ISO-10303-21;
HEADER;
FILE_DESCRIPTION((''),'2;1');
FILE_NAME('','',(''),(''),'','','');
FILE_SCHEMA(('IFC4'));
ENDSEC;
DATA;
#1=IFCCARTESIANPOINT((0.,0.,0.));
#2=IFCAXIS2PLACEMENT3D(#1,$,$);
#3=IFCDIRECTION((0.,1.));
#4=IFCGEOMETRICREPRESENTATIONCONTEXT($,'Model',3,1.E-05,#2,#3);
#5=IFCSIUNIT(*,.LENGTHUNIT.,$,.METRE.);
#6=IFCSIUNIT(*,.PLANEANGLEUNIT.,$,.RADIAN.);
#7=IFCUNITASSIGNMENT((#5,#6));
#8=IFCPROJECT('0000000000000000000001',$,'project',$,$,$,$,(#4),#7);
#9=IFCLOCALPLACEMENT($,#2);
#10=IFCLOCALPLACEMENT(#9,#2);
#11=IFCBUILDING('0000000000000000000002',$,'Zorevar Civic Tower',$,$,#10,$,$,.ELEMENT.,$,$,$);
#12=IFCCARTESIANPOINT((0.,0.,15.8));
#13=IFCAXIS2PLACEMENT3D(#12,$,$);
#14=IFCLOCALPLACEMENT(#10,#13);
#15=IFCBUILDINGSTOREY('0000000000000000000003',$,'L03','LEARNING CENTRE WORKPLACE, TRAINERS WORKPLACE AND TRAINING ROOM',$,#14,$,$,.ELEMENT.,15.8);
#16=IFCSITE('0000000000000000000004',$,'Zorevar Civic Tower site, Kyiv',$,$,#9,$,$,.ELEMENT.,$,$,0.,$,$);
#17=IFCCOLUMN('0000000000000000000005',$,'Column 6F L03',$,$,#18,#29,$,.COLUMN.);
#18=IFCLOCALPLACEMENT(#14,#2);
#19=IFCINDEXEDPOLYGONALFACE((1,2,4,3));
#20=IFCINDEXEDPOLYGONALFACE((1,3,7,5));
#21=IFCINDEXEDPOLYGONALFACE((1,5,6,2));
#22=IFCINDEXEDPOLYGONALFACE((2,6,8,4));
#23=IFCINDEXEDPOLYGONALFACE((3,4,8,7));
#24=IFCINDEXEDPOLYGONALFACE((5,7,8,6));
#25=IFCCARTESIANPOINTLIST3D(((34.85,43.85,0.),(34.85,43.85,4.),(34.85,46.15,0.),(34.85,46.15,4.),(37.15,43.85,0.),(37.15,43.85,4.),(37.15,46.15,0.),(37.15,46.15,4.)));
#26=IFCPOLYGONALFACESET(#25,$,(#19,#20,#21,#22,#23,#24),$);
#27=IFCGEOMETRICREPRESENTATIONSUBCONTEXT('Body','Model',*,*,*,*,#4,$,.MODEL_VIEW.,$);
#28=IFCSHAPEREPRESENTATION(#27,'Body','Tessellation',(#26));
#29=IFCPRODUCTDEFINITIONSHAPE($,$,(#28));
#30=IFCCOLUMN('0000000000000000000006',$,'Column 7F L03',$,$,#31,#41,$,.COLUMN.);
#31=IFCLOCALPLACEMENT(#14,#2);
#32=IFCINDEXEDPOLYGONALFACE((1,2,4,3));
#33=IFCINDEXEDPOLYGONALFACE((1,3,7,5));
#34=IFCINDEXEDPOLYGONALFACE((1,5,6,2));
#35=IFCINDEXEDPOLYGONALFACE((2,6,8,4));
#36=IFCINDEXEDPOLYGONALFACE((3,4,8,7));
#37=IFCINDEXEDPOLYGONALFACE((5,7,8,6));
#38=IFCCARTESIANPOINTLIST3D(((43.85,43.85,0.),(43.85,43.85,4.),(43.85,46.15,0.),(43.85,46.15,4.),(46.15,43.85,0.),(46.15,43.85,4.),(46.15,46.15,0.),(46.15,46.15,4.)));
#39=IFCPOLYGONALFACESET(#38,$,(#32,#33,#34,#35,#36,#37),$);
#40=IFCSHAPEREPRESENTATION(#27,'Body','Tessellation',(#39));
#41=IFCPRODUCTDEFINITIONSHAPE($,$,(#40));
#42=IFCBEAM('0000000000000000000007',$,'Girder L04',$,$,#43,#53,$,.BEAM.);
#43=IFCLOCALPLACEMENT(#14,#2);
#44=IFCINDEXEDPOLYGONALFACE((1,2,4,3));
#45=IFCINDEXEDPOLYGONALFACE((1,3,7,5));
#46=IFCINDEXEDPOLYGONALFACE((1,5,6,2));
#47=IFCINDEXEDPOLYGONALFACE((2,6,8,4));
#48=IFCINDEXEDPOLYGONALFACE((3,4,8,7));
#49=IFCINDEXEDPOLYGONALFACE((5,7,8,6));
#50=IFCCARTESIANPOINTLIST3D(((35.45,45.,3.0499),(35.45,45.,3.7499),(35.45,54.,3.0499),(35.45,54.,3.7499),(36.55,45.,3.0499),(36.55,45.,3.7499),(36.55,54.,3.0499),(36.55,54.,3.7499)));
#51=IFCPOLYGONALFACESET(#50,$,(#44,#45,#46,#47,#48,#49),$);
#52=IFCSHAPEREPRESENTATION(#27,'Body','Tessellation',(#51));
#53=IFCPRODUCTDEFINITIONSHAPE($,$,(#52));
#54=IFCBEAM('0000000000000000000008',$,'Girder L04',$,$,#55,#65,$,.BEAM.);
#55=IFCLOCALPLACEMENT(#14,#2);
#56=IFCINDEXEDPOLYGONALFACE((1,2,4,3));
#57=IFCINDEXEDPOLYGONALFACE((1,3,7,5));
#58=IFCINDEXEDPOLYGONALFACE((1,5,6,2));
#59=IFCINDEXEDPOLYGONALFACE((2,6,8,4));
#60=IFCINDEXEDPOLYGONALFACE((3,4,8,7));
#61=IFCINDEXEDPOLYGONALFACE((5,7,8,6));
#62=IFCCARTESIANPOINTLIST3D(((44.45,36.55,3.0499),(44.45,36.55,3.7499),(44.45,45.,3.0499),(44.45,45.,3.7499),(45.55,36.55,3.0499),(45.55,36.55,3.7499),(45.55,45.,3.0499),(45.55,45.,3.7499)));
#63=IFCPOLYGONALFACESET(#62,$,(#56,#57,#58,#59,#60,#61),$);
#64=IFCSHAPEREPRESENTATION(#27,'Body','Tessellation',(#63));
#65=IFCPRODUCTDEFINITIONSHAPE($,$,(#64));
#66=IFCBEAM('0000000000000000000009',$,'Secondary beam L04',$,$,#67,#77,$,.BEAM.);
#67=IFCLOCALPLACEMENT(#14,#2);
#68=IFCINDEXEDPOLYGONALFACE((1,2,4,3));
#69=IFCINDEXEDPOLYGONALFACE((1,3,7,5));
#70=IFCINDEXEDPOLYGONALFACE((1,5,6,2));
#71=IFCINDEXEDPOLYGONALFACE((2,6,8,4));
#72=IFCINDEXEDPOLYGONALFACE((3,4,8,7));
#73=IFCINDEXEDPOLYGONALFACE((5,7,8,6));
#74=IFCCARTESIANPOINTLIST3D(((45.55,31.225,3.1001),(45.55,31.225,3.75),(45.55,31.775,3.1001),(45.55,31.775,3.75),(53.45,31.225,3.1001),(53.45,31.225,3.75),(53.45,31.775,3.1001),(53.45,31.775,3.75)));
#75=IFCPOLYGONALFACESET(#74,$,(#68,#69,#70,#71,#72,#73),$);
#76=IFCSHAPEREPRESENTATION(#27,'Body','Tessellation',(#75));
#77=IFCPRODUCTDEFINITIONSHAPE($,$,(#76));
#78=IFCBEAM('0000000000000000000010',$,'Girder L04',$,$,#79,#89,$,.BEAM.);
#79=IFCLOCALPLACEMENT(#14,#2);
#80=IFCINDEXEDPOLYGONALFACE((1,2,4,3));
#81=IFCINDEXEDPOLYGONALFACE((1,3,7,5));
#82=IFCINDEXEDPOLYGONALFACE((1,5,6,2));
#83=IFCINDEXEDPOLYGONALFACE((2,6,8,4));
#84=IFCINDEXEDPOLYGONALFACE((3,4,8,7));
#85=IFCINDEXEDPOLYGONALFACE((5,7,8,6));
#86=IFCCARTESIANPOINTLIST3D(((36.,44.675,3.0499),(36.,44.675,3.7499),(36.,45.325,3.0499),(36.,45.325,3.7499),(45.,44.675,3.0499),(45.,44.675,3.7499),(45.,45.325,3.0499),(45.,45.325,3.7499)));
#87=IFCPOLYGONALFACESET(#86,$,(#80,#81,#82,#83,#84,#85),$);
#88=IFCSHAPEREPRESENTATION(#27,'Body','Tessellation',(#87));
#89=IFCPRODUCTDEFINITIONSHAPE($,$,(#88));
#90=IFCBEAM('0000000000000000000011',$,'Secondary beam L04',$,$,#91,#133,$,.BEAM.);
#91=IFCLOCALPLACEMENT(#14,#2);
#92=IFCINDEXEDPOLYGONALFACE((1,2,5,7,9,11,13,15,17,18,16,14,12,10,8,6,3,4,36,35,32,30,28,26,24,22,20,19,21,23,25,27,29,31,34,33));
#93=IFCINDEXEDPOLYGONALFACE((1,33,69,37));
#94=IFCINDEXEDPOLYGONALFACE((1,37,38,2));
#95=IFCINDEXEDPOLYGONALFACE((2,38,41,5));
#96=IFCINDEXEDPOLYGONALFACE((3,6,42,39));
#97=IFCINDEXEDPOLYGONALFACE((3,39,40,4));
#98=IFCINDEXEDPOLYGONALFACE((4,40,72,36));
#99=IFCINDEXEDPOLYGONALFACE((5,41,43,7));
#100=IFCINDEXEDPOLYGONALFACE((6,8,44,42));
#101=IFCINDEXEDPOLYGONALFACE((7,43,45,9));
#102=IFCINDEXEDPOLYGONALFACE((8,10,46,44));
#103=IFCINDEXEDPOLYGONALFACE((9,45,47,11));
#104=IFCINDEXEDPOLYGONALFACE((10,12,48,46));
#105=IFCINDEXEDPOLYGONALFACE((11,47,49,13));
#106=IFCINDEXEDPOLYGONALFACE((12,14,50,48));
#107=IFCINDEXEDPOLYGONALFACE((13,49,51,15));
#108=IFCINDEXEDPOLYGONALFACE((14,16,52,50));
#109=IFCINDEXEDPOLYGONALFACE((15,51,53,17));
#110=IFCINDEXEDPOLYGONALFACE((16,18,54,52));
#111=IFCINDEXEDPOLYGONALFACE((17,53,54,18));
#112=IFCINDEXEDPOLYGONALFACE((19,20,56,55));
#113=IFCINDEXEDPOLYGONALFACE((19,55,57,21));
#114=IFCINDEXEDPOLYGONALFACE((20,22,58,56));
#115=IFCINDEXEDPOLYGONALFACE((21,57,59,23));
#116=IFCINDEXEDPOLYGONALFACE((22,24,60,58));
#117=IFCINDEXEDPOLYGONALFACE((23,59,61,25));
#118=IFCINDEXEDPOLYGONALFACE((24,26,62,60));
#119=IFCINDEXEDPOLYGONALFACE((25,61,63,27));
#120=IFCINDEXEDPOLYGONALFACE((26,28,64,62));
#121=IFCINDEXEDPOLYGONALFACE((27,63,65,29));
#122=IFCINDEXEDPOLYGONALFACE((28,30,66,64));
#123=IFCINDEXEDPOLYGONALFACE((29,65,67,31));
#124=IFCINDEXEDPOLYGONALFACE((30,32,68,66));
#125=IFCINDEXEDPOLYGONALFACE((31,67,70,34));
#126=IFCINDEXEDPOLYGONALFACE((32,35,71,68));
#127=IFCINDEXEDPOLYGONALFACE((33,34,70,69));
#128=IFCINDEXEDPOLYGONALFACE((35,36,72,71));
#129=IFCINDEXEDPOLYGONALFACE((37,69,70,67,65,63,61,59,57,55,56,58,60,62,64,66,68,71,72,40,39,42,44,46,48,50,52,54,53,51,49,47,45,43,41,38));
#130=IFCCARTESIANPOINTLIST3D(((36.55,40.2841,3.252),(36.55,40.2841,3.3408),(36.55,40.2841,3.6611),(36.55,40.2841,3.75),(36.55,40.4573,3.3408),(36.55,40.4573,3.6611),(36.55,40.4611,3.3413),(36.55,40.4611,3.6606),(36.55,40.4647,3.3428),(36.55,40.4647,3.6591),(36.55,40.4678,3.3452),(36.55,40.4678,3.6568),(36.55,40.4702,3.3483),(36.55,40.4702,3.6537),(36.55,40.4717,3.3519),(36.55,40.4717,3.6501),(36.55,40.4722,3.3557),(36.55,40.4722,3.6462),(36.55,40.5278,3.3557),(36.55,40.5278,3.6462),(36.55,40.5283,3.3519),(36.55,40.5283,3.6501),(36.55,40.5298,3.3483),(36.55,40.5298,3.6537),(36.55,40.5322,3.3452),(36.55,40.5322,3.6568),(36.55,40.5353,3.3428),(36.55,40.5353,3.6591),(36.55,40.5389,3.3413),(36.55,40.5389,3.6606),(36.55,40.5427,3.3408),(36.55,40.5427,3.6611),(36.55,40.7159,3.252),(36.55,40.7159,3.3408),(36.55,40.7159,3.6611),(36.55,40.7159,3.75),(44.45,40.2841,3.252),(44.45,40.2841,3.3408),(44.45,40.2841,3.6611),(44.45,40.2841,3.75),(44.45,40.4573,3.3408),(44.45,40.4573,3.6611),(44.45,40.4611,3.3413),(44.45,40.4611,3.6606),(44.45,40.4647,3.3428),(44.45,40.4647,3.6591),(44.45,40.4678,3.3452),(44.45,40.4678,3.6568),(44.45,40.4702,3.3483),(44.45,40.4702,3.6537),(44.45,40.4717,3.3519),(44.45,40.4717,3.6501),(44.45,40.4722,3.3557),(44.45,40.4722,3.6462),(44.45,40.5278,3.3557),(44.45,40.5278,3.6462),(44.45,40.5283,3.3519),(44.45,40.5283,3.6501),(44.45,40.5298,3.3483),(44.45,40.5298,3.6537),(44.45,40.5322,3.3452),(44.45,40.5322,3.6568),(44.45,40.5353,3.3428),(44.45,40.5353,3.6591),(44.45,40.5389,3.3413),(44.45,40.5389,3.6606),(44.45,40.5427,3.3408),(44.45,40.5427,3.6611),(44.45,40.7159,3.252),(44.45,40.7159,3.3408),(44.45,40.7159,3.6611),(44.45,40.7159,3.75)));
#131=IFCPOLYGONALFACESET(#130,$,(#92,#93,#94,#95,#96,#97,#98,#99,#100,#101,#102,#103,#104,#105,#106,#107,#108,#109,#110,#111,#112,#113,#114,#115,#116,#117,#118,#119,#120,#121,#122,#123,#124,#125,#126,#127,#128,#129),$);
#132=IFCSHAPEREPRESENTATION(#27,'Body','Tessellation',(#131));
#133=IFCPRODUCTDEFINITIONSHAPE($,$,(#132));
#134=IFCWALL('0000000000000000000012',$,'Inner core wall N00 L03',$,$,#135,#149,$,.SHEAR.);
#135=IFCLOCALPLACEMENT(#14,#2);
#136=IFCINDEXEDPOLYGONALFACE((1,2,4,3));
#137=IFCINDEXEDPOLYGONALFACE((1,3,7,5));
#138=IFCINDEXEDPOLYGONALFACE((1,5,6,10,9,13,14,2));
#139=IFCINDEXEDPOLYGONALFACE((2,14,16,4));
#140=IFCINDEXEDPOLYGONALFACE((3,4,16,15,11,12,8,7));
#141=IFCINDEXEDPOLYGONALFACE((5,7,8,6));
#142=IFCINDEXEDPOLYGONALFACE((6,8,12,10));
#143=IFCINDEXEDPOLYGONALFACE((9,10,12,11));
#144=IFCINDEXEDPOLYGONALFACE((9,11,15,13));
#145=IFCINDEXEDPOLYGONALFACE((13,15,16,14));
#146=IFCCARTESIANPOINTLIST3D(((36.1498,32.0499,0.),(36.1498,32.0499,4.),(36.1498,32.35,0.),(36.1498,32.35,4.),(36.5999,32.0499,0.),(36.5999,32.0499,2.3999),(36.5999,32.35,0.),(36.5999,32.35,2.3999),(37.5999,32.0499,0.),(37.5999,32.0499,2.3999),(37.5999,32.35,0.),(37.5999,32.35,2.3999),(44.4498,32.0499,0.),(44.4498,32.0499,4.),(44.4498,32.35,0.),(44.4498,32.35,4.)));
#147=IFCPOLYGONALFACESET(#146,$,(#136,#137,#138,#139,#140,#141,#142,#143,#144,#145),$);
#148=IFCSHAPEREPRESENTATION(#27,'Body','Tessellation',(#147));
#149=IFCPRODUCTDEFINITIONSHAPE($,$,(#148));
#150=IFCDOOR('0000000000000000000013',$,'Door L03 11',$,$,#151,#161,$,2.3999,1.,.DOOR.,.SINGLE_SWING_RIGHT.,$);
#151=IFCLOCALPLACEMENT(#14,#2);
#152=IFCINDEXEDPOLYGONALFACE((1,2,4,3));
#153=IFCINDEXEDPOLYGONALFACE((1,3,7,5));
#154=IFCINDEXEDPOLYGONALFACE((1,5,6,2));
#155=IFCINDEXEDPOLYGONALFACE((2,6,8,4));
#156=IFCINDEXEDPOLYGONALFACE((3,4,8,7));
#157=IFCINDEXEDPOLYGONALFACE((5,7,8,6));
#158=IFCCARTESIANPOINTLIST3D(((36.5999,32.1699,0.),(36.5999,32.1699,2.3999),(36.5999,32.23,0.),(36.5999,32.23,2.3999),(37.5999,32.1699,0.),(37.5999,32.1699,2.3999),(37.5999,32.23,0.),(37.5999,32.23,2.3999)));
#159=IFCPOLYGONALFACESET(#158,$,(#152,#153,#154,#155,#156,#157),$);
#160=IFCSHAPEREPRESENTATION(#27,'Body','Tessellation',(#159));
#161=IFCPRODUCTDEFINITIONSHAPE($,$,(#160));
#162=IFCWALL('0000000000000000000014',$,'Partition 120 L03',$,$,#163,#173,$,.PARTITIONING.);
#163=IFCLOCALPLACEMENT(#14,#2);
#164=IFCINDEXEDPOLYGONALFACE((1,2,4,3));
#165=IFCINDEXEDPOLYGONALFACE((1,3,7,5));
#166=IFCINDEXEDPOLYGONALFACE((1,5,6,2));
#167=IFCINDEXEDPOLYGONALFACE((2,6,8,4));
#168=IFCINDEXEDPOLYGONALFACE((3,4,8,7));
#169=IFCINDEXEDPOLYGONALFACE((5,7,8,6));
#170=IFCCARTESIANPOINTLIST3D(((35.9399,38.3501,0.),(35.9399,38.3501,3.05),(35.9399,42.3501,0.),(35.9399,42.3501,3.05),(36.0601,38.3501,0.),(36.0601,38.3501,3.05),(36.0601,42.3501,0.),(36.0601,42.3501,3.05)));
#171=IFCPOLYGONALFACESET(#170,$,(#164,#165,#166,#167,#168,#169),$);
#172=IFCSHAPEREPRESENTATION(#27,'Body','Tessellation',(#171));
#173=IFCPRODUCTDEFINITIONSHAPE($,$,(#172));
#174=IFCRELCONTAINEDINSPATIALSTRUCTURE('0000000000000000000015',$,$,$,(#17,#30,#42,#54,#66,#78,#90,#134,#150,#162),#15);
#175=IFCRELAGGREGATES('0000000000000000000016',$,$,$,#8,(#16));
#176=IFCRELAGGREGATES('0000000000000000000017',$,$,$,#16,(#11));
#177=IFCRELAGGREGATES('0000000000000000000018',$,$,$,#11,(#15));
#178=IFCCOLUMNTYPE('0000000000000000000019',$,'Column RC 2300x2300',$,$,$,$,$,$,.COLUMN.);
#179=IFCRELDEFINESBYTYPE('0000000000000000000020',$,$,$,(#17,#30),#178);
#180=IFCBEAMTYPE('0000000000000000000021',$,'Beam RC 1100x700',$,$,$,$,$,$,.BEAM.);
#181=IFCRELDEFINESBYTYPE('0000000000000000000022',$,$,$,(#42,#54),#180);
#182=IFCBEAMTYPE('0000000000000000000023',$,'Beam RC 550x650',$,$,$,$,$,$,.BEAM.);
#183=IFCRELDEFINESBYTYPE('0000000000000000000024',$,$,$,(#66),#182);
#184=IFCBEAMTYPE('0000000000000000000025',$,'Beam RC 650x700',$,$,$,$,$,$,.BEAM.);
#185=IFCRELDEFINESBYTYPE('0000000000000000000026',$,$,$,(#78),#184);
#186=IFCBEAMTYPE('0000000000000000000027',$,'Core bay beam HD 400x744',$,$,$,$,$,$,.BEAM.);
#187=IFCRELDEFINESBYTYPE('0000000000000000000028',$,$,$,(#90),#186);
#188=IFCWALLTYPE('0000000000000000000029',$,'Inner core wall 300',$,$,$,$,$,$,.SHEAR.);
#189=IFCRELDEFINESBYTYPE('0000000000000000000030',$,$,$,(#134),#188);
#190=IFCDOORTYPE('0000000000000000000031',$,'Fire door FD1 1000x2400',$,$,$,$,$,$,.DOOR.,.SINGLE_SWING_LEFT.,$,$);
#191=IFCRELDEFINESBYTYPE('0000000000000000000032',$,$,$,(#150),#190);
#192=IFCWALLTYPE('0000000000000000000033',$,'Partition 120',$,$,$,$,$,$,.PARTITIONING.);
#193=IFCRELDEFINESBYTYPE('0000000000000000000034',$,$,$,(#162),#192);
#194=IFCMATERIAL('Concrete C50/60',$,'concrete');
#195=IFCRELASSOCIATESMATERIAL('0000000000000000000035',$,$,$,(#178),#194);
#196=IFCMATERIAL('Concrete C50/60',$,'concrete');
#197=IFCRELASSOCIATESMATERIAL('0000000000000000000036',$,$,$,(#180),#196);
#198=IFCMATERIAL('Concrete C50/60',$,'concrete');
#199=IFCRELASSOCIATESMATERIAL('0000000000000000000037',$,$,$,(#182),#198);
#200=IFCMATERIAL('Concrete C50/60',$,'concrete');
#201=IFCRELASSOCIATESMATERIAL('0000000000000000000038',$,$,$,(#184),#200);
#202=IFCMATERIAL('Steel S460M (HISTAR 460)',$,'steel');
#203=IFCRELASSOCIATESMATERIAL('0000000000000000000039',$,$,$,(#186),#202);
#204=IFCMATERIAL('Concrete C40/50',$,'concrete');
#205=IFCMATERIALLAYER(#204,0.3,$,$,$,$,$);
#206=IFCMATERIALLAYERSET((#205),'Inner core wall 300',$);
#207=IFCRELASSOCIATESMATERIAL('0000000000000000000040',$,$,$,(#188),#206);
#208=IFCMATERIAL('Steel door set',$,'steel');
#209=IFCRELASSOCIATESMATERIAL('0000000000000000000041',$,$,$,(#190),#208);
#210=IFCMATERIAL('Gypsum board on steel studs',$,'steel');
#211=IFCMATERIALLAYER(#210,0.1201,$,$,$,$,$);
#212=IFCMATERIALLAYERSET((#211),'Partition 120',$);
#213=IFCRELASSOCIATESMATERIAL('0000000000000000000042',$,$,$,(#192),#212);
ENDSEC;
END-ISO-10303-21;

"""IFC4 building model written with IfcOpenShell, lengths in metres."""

from ifc_helpers import new_model, si_unit, direction, frame, frame_2d, origin, origin_2d, place, context, subcontext, project, spatial, rectangle, i_section, extrude, material, layer, layer_set, material_profile, profile_set, type_object, element, fill, save


model = new_model("IFC4")

# Units and contexts
model_context = context("Model", 3, precision=1e-05, world=origin(), true_north=direction((0.0, 1.0)))
body_context = subcontext(model_context, "Body", "Model", "MODEL_VIEW")
ifc_project = project(units=[si_unit("LENGTHUNIT", "METRE"), si_unit("PLANEANGLEUNIT", "RADIAN")], contexts=[model_context])

# Site, building, storey
site_placement = place(None, origin())
site = spatial("IfcSite", under=ifc_project, at=site_placement, Name="Zorevar Civic Tower site, Kyiv", CompositionType="ELEMENT", RefElevation=0.0)
building_placement = place(site_placement, origin())
building = spatial("IfcBuilding", under=site, at=building_placement, Name="Zorevar Civic Tower", CompositionType="ELEMENT")
storey_placement = place(building_placement, frame((0.0, 0.0, 15.8)))
storey = spatial("IfcBuildingStorey", under=building, at=storey_placement, Name="L03", Description="LEARNING CENTRE WORKPLACE, TRAINERS WORKPLACE AND TRAINING ROOM", CompositionType="ELEMENT", Elevation=15.8)

# Columns
ifc_material_1 = material(Name="Concrete C50/60", Category="concrete")
ifc_material_profile_1 = material_profile(ifc_material_1, rectangle(XDim=2.3, YDim=2.3, at=origin_2d()), Name="RC 2300x2300")
ifc_profile_set_1 = profile_set([ifc_material_profile_1], Name="Concrete C50/60")
column_type = type_object("IfcColumnType", Name="Column RC 2300x2300", PredefinedType="COLUMN", material=ifc_profile_set_1)
for number, where, z_axis, x_axis, name in (
    (1, (36.0, 45.0, 0.0), (0.0, 0.0, 1.0), (1.0, 0.0, 0.0), "Column 6F L03"),
    (2, (45.0, 45.0, 0.0), (0.0, 0.0, 1.0), (1.0, 0.0, 0.0), "Column 7F L03"),
):
    element("IfcColumn", number, at=place(storey_placement, frame(where, z_axis=z_axis, x_axis=x_axis)), inside=storey, type_object=column_type, Name=name, PredefinedType="COLUMN", context=body_context, shape_type="SweptSolid", body=[
        extrude(rectangle(XDim=2.3, YDim=2.3, at=origin_2d()), origin(), (0.0, 0.0, 1.0), 4.0),
    ])

# Beams
ifc_material_2 = material(Name="Concrete C50/60", Category="concrete")
ifc_material_profile_2 = material_profile(ifc_material_2, rectangle(XDim=1.1001, YDim=0.7, at=origin_2d()), Name="RC 1100x700")
ifc_profile_set_2 = profile_set([ifc_material_profile_2], Name="Concrete C50/60")
beam_type_1 = type_object("IfcBeamType", Name="Beam RC 1100x700", PredefinedType="BEAM", material=ifc_profile_set_2)
beam_1_placement = place(storey_placement, frame((36.0, 45.0, 3.3999), z_axis=(0.0, 1.0, 0.0), x_axis=(-1.0, 0.0, 0.0)))
element("IfcBeam", 3, at=beam_1_placement, inside=storey, type_object=beam_type_1, Name="Girder L04", PredefinedType="BEAM", context=body_context, shape_type="SweptSolid", body=[
    extrude(rectangle(XDim=1.1001, YDim=0.7, at=origin_2d()), origin(), (0.0, 0.0, 1.0), 9.0),
])
beam_2_placement = place(storey_placement, frame((45.0, 36.55, 3.3999), z_axis=(0.0, 1.0, 0.0), x_axis=(-1.0, 0.0, 0.0)))
element("IfcBeam", 4, at=beam_2_placement, inside=storey, type_object=beam_type_1, Name="Girder L04", PredefinedType="BEAM", context=body_context, shape_type="SweptSolid", body=[
    extrude(rectangle(XDim=1.1001, YDim=0.7, at=origin_2d()), origin(), (0.0, 0.0, 1.0), 8.45),
])
ifc_material_3 = material(Name="Concrete C50/60", Category="concrete")
ifc_material_profile_3 = material_profile(ifc_material_3, rectangle(XDim=0.55, YDim=0.6499, at=origin_2d()), Name="RC 550x650")
ifc_profile_set_3 = profile_set([ifc_material_profile_3], Name="Concrete C50/60")
beam_type_2 = type_object("IfcBeamType", Name="Beam RC 550x650", PredefinedType="BEAM", material=ifc_profile_set_3)
beam_3_placement = place(storey_placement, frame((45.55, 31.5, 3.425), z_axis=(1.0, 0.0, 0.0), x_axis=(0.0, 1.0, 0.0)))
element("IfcBeam", 5, at=beam_3_placement, inside=storey, type_object=beam_type_2, Name="Secondary beam L04", PredefinedType="BEAM", context=body_context, shape_type="SweptSolid", body=[
    extrude(rectangle(XDim=0.55, YDim=0.6499, at=origin_2d()), origin(), (0.0, 0.0, 1.0), 7.8999),
])
ifc_material_4 = material(Name="Concrete C50/60", Category="concrete")
ifc_material_profile_4 = material_profile(ifc_material_4, rectangle(XDim=0.6499, YDim=0.7, at=origin_2d()), Name="RC 650x700")
ifc_profile_set_4 = profile_set([ifc_material_profile_4], Name="Concrete C50/60")
beam_type_3 = type_object("IfcBeamType", Name="Beam RC 650x700", PredefinedType="BEAM", material=ifc_profile_set_4)
beam_4_placement = place(storey_placement, frame((36.0, 45.0, 3.3999), z_axis=(1.0, 0.0, 0.0), x_axis=(0.0, 1.0, 0.0)))
element("IfcBeam", 6, at=beam_4_placement, inside=storey, type_object=beam_type_3, Name="Girder L04", PredefinedType="BEAM", context=body_context, shape_type="SweptSolid", body=[
    extrude(rectangle(XDim=0.6499, YDim=0.7, at=origin_2d()), origin(), (0.0, 0.0, 1.0), 9.0),
])
ifc_material_5 = material(Name="Steel S460M (HISTAR 460)", Category="steel")
ifc_material_profile_5 = material_profile(ifc_material_5, i_section(OverallWidth=0.4319, OverallDepth=0.498, WebThickness=0.0557, FlangeThickness=0.0889, FilletRadius=0.0149, at=origin_2d()), Name="HD 400x744")
ifc_profile_set_5 = profile_set([ifc_material_profile_5], Name="Steel S460M (HISTAR 460)")
beam_type_4 = type_object("IfcBeamType", Name="Core bay beam HD 400x744", PredefinedType="BEAM", material=ifc_profile_set_5)
beam_5_placement = place(storey_placement, frame((36.55, 40.5, 3.501), z_axis=(1.0, 0.0, 0.0), x_axis=(0.0, 1.0, 0.0)))
element("IfcBeam", 7, at=beam_5_placement, inside=storey, type_object=beam_type_4, Name="Secondary beam L04", PredefinedType="BEAM", context=body_context, shape_type="SweptSolid", body=[
    extrude(i_section(OverallWidth=0.4319, OverallDepth=0.498, WebThickness=0.0557, FlangeThickness=0.0889, FilletRadius=0.0149, at=origin_2d()), origin(), (0.0, 0.0, 1.0), 7.8999),
])

# Wall, opening, door
ifc_material_6 = material(Name="Concrete C40/50", Category="concrete")
ifc_layer_1 = layer(ifc_material_6, 0.3)
ifc_layer_set_1 = layer_set([ifc_layer_1], Name="Inner core wall 300")
wall_type_1 = type_object("IfcWallType", Name="Inner core wall 300", PredefinedType="SHEAR", material=ifc_layer_set_1)
wall_1_placement = place(storey_placement, frame((36.1499, 32.2, 0.0), z_axis=(0.0, 0.0, 1.0), x_axis=(1.0, 0.0, 0.0)))
wall_1 = element("IfcWall", 8, at=wall_1_placement, inside=storey, type_object=wall_type_1, Name="Inner core wall N00 L03", PredefinedType="SHEAR", context=body_context, shape_type="SweptSolid", body=[
    extrude(rectangle(XDim=8.3, YDim=0.3, at=frame_2d((4.1499, 0.0))), origin(), (0.0, 0.0, 1.0), 4.0),
])
opening_1_placement = place(wall_1_placement, frame((0.45, 0.0, 0.0)))
opening_1 = element("IfcOpeningElement", 9, at=opening_1_placement, cuts=wall_1, PredefinedType="OPENING", context=body_context, shape_type="SweptSolid", body=[
    extrude(rectangle(XDim=1.0, YDim=2.3999, at=frame_2d((0.5, 1.2))), frame((0.0, 0.1599, 0.0), z_axis=(0.0, -1.0, 0.0), x_axis=(1.0, 0.0, 0.0)), (0.0, 0.0, 1.0), 0.3201),
])
ifc_material_7 = material(Name="Steel door set", Category="steel")
door_type_1 = type_object("IfcDoorType", Name="Fire door FD1 1000x2400", OperationType="SINGLE_SWING_LEFT", PredefinedType="DOOR", material=ifc_material_7)
door_1_placement = place(opening_1_placement, origin())
door_1 = element("IfcDoor", 10, at=door_1_placement, inside=storey, type_object=door_type_1, Name="Door L03 11", OperationType="SINGLE_SWING_RIGHT", OverallHeight=2.3999, OverallWidth=1.0, PredefinedType="DOOR", context=body_context, shape_type="SweptSolid", body=[
    extrude(rectangle(XDim=1.0, YDim=2.3999, at=frame_2d((0.5, 1.2))), frame((0.0, 0.03, 0.0), z_axis=(0.0, -1.0, 0.0), x_axis=(1.0, 0.0, 0.0)), (0.0, 0.0, 1.0), 0.0601),
])
fill(opening_1, door_1)

# Wall
ifc_material_8 = material(Name="Gypsum board on steel studs", Category="steel")
ifc_layer_2 = layer(ifc_material_8, 0.1201)
ifc_layer_set_2 = layer_set([ifc_layer_2], Name="Partition 120")
wall_type_2 = type_object("IfcWallType", Name="Partition 120", PredefinedType="PARTITIONING", material=ifc_layer_set_2)
wall_2_placement = place(storey_placement, frame((36.0, 38.3501, 0.0), z_axis=(0.0, 0.0, 1.0), x_axis=(0.0, 1.0, 0.0)))
element("IfcWall", 11, at=wall_2_placement, inside=storey, type_object=wall_type_2, Name="Partition 120 L03", PredefinedType="PARTITIONING", context=body_context, shape_type="SweptSolid", body=[
    extrude(rectangle(XDim=4.0, YDim=0.1201, at=frame_2d((2.0, 0.0))), origin(), (0.0, 0.0, 1.0), 3.05),
])

save(model, "model.ifc")
